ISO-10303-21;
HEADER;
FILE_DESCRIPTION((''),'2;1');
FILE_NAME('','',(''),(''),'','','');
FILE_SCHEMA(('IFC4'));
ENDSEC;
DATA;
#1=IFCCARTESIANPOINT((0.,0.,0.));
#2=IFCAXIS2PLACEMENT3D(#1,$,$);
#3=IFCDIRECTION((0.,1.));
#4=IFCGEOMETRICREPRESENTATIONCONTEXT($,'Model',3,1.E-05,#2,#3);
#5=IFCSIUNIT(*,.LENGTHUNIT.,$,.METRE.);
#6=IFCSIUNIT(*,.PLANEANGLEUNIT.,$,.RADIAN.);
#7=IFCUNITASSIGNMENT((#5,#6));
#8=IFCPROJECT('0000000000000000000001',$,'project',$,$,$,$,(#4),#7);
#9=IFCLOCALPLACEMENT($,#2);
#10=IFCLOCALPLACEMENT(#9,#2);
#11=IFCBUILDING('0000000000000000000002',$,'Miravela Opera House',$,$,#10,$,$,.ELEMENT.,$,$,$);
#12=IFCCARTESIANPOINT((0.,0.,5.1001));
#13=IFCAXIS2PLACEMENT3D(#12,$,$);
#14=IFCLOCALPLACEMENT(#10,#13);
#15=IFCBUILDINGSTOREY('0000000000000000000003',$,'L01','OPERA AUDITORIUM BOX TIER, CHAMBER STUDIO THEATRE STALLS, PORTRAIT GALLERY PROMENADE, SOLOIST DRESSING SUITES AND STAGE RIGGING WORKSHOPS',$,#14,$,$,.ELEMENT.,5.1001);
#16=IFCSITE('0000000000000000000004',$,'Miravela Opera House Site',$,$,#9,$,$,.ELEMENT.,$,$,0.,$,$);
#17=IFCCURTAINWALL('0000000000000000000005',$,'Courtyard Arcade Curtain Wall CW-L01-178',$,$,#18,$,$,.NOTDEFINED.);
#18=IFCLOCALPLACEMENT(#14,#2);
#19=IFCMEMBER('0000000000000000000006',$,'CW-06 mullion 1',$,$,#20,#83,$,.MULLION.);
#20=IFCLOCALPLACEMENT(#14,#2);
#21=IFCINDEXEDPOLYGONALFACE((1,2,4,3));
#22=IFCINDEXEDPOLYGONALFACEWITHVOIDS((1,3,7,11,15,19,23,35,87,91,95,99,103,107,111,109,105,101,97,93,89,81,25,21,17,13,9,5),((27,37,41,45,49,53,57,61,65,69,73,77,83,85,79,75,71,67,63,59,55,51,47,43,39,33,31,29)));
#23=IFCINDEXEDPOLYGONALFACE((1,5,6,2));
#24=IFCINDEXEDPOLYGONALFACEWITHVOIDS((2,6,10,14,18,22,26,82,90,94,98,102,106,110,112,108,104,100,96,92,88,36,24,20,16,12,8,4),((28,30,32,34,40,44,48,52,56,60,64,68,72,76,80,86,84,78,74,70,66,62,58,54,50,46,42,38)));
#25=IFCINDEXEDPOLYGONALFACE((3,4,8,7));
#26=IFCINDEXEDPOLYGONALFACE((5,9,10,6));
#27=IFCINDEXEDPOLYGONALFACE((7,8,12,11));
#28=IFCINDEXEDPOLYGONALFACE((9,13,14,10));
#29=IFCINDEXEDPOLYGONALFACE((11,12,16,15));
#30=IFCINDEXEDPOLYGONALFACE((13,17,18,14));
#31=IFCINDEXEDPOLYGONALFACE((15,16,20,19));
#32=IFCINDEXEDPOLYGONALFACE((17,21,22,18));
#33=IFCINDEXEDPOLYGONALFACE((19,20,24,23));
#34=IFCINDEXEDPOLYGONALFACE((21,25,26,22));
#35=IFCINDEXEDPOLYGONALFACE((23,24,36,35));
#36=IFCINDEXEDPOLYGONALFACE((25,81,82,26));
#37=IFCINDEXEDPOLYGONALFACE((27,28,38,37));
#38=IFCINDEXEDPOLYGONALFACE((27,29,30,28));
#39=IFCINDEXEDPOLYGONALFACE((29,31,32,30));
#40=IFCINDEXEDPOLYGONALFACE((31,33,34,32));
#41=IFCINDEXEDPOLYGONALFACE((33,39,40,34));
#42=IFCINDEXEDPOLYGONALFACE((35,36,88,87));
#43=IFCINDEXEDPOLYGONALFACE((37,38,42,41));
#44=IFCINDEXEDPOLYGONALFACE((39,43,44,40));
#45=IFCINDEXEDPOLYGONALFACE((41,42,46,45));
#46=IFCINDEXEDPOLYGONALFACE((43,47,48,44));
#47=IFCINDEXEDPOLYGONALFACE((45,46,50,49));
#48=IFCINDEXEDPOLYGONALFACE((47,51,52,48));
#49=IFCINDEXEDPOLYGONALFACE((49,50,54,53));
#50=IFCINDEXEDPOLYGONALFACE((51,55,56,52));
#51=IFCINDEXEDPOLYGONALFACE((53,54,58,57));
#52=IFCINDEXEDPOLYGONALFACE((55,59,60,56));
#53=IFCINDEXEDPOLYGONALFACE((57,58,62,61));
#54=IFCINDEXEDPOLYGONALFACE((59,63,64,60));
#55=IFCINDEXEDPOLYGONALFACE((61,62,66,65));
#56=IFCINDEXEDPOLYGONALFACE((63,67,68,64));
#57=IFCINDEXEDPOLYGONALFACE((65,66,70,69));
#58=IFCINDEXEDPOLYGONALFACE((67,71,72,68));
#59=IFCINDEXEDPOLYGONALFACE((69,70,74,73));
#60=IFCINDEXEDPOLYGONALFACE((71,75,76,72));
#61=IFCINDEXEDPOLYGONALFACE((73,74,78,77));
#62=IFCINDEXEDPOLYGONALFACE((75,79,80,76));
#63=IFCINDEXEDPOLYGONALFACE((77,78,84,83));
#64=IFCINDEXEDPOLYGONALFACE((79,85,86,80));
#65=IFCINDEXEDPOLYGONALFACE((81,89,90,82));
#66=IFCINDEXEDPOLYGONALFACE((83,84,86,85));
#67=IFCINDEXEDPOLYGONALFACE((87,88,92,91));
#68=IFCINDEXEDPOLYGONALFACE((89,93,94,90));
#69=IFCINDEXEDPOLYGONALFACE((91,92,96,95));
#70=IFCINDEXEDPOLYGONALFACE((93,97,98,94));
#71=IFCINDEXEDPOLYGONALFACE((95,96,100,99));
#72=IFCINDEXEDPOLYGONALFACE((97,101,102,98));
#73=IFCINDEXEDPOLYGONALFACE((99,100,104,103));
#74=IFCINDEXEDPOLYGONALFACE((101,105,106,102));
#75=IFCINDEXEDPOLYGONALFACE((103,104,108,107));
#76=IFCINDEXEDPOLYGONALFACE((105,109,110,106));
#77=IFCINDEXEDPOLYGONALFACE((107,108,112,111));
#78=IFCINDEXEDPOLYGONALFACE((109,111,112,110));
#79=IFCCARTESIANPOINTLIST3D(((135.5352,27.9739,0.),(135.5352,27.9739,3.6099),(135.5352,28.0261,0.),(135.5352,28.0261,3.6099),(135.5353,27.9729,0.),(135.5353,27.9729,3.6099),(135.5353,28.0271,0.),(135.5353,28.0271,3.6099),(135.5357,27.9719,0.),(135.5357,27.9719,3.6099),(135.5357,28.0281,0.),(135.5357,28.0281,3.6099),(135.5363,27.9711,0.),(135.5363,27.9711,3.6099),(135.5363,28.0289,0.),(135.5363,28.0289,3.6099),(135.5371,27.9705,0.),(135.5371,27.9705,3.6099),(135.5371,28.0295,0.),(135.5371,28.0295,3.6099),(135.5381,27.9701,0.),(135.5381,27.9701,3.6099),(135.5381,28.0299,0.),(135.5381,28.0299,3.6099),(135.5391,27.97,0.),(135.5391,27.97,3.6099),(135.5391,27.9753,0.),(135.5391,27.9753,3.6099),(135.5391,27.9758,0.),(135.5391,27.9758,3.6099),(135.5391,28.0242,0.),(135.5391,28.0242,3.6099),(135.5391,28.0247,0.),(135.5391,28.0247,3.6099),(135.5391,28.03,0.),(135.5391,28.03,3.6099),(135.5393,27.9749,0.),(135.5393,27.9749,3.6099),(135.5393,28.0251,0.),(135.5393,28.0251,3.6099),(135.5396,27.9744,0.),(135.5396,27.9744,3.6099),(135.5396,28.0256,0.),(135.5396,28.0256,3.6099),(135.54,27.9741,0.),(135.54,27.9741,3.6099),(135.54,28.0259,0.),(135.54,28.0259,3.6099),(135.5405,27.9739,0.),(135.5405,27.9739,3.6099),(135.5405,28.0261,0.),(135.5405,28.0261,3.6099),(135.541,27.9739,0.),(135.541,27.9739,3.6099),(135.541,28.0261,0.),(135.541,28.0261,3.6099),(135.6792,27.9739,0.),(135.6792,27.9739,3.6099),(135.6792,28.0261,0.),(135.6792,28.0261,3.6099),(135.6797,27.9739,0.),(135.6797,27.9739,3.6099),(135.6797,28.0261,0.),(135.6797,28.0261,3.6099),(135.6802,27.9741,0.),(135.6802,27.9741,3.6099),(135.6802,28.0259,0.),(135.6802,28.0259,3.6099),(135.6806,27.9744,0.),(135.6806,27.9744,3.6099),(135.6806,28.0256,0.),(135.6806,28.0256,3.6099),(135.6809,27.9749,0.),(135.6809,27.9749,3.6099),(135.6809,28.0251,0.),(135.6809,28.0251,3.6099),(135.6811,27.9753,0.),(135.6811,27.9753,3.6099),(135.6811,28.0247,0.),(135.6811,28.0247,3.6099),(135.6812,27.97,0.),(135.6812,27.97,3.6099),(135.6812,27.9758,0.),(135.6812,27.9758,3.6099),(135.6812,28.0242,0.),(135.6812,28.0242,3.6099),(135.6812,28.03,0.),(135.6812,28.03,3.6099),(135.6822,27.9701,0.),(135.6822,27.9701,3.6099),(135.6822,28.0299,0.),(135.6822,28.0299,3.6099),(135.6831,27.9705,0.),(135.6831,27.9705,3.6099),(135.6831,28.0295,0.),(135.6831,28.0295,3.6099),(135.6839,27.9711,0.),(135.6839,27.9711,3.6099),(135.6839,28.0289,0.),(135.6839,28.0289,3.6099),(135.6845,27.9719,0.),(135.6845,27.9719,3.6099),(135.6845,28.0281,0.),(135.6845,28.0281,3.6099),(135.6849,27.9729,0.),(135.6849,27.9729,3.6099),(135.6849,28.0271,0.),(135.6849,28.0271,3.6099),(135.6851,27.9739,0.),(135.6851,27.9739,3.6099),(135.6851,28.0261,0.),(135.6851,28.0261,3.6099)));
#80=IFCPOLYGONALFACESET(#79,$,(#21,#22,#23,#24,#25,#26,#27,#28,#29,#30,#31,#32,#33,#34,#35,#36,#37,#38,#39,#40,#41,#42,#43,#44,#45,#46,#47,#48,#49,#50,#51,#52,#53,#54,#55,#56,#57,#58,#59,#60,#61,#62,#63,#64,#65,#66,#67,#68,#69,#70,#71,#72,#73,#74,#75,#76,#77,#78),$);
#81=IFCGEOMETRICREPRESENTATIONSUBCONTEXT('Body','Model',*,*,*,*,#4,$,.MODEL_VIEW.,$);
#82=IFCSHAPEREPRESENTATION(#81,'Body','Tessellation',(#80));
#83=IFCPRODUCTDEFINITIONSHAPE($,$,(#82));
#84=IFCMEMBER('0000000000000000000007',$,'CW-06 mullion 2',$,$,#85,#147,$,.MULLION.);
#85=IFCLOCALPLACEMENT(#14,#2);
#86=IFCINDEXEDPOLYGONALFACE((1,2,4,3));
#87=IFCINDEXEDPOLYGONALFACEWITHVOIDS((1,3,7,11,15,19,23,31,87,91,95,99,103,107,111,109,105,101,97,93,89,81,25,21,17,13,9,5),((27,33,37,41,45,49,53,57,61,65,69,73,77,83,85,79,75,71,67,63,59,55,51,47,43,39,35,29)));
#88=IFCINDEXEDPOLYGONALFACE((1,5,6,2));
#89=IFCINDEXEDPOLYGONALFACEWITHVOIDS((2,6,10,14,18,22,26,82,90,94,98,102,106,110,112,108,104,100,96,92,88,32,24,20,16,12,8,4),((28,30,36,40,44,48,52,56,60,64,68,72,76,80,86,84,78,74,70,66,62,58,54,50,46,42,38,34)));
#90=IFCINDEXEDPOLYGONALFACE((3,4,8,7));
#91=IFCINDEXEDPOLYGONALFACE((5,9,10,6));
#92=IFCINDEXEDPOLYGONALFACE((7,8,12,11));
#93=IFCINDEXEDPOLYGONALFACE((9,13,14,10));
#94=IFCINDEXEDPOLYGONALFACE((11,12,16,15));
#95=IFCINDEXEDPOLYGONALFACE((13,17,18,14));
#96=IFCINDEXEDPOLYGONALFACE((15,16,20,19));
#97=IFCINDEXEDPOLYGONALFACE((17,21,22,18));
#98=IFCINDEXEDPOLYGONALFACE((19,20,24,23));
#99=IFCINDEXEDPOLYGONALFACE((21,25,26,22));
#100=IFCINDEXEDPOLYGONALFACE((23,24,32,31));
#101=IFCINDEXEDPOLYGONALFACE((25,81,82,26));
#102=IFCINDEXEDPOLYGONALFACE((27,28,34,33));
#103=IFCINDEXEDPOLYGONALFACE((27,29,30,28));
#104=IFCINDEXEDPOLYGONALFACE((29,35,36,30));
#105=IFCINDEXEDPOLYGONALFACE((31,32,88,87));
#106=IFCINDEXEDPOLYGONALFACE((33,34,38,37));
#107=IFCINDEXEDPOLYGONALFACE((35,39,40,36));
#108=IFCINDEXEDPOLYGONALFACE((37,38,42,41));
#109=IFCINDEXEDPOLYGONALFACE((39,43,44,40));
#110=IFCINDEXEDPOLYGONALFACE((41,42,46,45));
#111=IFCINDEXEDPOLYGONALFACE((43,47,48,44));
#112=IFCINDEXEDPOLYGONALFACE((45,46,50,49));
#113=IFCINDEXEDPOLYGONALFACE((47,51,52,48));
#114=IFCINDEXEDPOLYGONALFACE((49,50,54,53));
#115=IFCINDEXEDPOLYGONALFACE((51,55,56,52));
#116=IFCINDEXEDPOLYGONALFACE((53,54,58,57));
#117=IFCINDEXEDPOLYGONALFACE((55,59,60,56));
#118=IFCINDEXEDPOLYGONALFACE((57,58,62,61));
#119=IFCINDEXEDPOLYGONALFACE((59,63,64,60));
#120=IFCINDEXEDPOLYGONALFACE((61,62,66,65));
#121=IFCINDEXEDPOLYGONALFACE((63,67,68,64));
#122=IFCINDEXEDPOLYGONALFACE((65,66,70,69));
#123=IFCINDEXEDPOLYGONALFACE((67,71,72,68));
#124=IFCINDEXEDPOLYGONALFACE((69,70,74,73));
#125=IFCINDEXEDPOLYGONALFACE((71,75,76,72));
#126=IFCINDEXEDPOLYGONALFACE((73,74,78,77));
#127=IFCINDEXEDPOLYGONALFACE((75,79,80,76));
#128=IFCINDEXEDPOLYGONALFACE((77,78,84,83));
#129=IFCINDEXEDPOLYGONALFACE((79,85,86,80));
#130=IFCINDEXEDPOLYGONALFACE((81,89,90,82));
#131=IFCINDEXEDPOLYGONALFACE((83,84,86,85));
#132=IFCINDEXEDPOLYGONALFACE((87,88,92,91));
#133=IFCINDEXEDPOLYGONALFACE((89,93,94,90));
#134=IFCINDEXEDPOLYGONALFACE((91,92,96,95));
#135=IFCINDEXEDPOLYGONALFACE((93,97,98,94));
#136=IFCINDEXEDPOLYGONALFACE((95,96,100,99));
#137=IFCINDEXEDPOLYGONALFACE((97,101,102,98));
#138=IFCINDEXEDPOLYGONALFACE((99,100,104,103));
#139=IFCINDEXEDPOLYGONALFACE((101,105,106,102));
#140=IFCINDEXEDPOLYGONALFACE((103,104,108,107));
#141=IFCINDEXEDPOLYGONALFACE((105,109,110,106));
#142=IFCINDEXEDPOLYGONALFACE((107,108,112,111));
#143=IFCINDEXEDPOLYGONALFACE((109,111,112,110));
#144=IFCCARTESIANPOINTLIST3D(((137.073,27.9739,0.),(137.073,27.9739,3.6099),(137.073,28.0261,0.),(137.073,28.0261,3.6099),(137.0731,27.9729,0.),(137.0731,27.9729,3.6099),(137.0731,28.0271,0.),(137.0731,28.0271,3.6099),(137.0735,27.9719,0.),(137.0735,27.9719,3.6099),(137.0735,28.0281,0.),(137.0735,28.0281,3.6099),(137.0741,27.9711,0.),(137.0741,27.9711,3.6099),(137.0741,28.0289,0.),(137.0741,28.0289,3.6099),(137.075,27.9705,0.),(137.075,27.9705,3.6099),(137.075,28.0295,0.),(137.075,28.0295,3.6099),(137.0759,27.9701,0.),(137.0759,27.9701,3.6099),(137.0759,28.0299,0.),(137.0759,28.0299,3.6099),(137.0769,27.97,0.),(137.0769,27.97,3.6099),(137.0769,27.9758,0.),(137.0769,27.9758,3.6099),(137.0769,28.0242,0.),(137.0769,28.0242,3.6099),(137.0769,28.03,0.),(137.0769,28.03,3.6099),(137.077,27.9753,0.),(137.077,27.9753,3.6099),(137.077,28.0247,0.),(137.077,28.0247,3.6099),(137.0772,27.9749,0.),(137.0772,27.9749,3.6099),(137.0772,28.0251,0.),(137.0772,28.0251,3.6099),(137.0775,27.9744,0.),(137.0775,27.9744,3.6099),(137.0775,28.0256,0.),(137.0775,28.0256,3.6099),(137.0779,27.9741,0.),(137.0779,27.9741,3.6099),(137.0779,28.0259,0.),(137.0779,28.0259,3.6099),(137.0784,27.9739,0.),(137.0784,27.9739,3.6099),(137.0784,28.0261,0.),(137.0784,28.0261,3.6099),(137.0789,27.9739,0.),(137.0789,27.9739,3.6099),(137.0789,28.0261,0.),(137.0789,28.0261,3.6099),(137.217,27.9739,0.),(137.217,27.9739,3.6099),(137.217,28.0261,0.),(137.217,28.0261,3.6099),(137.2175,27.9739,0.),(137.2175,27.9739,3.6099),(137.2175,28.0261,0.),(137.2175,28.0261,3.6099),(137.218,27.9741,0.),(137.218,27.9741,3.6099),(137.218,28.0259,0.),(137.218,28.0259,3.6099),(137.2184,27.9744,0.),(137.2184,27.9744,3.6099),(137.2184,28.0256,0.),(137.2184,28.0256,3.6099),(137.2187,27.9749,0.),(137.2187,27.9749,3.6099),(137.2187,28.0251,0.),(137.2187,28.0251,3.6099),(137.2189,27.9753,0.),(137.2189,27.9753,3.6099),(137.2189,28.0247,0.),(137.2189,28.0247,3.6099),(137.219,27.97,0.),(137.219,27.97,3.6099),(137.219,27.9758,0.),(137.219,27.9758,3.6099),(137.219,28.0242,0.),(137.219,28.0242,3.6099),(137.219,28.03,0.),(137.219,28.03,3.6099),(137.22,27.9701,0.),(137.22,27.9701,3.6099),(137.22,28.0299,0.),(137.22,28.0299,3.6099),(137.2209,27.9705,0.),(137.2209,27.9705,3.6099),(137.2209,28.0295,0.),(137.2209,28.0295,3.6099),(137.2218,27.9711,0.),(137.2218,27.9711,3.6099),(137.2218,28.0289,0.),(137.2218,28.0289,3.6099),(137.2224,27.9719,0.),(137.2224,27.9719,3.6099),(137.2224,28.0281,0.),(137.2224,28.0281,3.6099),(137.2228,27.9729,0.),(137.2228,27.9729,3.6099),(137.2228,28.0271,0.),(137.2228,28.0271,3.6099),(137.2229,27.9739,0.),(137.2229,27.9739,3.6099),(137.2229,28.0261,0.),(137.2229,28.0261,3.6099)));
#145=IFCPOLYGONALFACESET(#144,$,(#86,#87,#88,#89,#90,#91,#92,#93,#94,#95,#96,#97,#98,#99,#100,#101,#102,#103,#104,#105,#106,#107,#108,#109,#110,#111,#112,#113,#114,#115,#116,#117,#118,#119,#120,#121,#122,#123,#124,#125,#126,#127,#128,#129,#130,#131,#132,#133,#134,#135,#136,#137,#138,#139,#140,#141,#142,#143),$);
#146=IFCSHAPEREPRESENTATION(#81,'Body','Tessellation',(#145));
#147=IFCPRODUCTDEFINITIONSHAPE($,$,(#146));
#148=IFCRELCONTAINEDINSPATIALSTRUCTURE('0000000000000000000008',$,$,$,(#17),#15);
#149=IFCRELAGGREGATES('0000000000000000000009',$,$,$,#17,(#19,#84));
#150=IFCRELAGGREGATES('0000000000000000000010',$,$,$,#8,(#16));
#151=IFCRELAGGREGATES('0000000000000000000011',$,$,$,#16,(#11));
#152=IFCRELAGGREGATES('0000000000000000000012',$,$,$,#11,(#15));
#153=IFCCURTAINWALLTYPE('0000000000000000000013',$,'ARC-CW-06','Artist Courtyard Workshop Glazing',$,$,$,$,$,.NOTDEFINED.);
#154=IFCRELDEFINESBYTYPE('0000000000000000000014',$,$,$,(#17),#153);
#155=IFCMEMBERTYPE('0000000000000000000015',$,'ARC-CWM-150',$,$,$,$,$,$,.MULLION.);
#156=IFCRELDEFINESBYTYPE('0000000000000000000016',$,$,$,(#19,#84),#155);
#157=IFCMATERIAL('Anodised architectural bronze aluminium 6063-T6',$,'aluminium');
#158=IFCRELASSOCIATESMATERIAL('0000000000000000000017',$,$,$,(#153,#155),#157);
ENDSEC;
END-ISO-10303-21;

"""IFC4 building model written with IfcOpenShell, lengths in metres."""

from ifc_helpers import new_model, si_unit, direction, frame, origin, origin_2d, place, context, subcontext, project, spatial, hollow_rectangle, extrude, material, material_profile, profile_set, type_object, element, aggregate, save


model = new_model("IFC4")

# Units and contexts
model_context = context("Model", 3, precision=1e-05, world=origin(), true_north=direction((0.0, 1.0)))
body_context = subcontext(model_context, "Body", "Model", "MODEL_VIEW")
ifc_project = project(units=[si_unit("LENGTHUNIT", "METRE"), si_unit("PLANEANGLEUNIT", "RADIAN")], contexts=[model_context])

# Site, building, storey
site_placement = place(None, origin())
site = spatial("IfcSite", under=ifc_project, at=site_placement, Name="Miravela Opera House Site", CompositionType="ELEMENT", RefElevation=0.0)
building_placement = place(site_placement, origin())
building = spatial("IfcBuilding", under=site, at=building_placement, Name="Miravela Opera House", CompositionType="ELEMENT")
storey_placement = place(building_placement, frame((0.0, 0.0, 5.1001)))
storey = spatial("IfcBuildingStorey", under=building, at=storey_placement, Name="L01", Description="OPERA AUDITORIUM BOX TIER, CHAMBER STUDIO THEATRE STALLS, PORTRAIT GALLERY PROMENADE, SOLOIST DRESSING SUITES AND STAGE RIGGING WORKSHOPS", CompositionType="ELEMENT", Elevation=5.1001)

# Curtain wall, members
ifc_material_1 = material(Name="Anodised architectural bronze aluminium 6063-T6", Category="aluminium")
curtain_wall_type = type_object("IfcCurtainWallType", Name="ARC-CW-06", Description="Artist Courtyard Workshop Glazing", PredefinedType="NOTDEFINED", material=ifc_material_1)
curtain_wall_placement = place(storey_placement, origin())
curtain_wall = element("IfcCurtainWall", 1, at=curtain_wall_placement, inside=storey, type_object=curtain_wall_type, Name="Courtyard Arcade Curtain Wall CW-L01-178", PredefinedType="NOTDEFINED")
ifc_material_profile_1 = material_profile(ifc_material_1, hollow_rectangle(XDim=0.0601, YDim=0.1499, WallThickness=0.0039, InnerFilletRadius=0.002, OuterFilletRadius=0.0039, at=origin_2d()), Name="CWM-60X150")
ifc_profile_set_1 = profile_set([ifc_material_profile_1])
member_type_1 = type_object("IfcMemberType", Name="ARC-CWM-150", PredefinedType="MULLION", material=ifc_profile_set_1)
member_1_placement = place(storey_placement, frame((135.6101, 28.0, 0.0), z_axis=(0.0, 0.0, 1.0), x_axis=(0.0, 1.0, 0.0)))
member_1 = element("IfcMember", 2, at=member_1_placement, type_object=member_type_1, Name="CW-06 mullion 1", PredefinedType="MULLION", context=body_context, shape_type="SweptSolid", body=[
    extrude(hollow_rectangle(XDim=0.0601, YDim=0.1499, WallThickness=0.0039, InnerFilletRadius=0.002, OuterFilletRadius=0.0039, at=origin_2d()), origin(), (0.0, 0.0, 1.0), 3.6099),
])
member_2_placement = place(storey_placement, frame((137.1479, 28.0, 0.0), z_axis=(0.0, 0.0, 1.0), x_axis=(0.0, 1.0, 0.0)))
member_2 = element("IfcMember", 3, at=member_2_placement, type_object=member_type_1, Name="CW-06 mullion 2", PredefinedType="MULLION", context=body_context, shape_type="SweptSolid", body=[
    extrude(hollow_rectangle(XDim=0.0601, YDim=0.1499, WallThickness=0.0039, InnerFilletRadius=0.002, OuterFilletRadius=0.0039, at=origin_2d()), origin(), (0.0, 0.0, 1.0), 3.6099),
])

aggregate(curtain_wall, [member_1, member_2])

save(model, "model.ifc")
